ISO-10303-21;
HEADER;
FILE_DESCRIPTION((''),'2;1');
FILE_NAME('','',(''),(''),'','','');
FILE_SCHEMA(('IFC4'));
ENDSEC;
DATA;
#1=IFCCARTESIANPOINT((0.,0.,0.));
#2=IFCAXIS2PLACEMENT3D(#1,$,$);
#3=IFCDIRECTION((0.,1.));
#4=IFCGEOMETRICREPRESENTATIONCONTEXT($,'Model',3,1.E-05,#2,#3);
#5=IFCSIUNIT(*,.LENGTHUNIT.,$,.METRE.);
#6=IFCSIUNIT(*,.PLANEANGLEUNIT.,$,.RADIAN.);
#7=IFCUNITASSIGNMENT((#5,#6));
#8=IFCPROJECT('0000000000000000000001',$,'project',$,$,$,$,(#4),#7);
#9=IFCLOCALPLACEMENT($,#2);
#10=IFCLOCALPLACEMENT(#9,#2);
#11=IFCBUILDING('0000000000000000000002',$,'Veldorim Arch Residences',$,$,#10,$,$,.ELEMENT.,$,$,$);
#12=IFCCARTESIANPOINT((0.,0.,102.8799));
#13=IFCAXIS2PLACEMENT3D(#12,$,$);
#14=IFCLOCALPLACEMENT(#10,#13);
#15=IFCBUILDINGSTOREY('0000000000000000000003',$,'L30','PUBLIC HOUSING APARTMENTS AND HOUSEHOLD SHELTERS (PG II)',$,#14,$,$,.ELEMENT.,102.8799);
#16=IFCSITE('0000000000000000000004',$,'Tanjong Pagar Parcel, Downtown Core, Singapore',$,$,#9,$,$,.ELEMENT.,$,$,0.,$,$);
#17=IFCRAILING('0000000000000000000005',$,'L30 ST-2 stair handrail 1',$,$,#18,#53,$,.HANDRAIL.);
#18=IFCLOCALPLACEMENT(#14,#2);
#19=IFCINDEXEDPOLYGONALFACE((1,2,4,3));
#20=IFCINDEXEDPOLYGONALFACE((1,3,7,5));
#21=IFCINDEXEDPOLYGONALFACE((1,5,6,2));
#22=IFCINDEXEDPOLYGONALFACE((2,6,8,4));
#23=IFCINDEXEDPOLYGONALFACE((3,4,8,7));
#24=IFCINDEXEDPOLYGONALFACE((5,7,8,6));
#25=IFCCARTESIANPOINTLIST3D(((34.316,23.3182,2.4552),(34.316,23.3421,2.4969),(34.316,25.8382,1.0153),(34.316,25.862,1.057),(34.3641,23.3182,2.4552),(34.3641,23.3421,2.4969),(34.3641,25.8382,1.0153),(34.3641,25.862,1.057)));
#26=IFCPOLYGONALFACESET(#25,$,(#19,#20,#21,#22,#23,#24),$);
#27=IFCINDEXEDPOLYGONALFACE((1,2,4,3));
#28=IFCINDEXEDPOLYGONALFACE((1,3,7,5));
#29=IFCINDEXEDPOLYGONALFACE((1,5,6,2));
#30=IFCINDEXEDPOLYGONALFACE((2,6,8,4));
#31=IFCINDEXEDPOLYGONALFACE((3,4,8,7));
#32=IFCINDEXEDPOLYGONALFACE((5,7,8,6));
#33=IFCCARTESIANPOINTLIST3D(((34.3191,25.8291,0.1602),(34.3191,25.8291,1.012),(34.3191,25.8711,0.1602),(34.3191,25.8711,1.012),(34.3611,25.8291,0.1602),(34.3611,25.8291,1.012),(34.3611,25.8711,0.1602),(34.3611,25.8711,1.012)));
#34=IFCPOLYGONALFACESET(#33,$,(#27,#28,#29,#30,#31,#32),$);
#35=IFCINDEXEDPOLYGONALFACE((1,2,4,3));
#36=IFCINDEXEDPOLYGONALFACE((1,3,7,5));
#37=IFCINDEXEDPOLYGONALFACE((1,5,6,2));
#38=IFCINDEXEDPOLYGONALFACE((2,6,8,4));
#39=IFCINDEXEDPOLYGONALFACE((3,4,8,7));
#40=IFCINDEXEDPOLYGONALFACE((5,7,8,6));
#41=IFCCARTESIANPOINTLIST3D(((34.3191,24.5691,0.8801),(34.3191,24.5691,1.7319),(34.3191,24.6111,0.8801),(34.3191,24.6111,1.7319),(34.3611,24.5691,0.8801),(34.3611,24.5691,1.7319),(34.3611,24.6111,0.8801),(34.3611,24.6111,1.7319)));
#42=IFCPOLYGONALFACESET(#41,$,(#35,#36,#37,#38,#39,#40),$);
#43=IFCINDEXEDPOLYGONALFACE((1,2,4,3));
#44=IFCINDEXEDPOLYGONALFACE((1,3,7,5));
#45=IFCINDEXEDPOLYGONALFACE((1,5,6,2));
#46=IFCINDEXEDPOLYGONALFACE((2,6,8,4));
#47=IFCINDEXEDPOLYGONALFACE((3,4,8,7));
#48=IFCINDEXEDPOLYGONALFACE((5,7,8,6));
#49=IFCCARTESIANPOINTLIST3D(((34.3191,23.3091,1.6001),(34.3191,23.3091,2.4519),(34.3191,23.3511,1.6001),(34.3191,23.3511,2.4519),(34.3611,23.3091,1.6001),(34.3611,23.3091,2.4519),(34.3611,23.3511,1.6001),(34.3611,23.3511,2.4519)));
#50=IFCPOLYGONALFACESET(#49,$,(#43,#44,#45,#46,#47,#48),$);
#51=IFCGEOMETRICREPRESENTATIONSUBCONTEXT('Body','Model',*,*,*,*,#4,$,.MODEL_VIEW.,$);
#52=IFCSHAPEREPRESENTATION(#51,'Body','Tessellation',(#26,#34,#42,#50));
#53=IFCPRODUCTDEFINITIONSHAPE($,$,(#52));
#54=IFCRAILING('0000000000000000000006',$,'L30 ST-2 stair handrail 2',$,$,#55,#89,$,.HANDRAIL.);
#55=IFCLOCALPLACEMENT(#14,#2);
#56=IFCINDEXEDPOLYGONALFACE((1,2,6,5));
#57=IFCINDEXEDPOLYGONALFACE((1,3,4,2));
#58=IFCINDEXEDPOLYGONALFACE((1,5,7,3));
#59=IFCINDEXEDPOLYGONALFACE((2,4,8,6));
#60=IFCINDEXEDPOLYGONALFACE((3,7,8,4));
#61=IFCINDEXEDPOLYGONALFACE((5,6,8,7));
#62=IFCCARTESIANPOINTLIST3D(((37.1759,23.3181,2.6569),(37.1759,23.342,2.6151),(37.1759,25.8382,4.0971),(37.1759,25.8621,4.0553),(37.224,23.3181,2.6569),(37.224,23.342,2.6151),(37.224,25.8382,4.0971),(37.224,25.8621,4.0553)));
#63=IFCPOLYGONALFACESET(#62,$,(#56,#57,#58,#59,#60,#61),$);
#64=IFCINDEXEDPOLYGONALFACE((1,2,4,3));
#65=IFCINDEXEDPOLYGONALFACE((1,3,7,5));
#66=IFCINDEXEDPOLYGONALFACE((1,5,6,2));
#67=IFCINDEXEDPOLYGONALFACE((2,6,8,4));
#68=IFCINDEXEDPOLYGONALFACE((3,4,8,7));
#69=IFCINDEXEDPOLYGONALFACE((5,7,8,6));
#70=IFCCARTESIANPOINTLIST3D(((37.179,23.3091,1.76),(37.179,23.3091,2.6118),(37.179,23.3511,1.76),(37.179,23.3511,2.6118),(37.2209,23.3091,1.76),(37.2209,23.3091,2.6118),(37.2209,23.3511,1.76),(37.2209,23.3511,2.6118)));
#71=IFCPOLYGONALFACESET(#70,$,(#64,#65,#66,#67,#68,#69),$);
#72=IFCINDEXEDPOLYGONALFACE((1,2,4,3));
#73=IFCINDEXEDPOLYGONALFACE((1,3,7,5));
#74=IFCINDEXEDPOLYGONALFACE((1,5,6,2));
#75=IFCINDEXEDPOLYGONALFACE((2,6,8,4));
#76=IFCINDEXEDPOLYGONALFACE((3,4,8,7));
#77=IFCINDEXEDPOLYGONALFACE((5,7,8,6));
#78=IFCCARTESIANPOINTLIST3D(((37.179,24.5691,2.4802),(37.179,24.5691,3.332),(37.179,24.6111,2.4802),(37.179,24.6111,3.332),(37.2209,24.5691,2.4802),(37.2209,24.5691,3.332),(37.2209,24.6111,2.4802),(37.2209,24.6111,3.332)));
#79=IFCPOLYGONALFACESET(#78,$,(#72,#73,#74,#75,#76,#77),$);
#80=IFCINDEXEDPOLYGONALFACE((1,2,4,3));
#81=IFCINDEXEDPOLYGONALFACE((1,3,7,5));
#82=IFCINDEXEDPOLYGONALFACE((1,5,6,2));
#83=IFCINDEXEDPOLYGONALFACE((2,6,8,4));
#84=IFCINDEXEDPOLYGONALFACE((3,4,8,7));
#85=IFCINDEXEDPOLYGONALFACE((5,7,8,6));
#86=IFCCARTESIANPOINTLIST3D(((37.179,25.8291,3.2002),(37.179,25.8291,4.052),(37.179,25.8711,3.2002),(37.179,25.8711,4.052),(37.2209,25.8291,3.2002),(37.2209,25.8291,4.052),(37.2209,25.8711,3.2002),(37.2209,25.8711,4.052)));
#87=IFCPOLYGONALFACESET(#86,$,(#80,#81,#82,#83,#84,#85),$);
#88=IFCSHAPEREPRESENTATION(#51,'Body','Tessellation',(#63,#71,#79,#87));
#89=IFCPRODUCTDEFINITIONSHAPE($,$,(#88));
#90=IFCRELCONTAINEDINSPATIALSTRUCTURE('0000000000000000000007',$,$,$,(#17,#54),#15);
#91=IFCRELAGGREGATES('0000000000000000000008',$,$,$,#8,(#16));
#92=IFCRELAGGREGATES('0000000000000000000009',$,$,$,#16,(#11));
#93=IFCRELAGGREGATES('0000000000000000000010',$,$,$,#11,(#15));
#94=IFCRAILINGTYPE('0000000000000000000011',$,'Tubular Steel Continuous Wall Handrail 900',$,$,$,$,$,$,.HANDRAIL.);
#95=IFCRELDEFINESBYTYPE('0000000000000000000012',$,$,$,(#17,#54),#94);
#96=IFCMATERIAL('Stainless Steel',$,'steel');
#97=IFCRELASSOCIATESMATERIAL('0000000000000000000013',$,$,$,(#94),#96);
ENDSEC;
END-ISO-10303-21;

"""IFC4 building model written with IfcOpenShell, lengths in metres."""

from ifc_helpers import new_model, si_unit, direction, frame, origin, origin_2d, place, context, subcontext, project, spatial, rectangle, extrude, material, type_object, element, save


model = new_model("IFC4")

# Units and contexts
model_context = context("Model", 3, precision=1e-05, world=origin(), true_north=direction((0.0, 1.0)))
body_context = subcontext(model_context, "Body", "Model", "MODEL_VIEW")
ifc_project = project(units=[si_unit("LENGTHUNIT", "METRE"), si_unit("PLANEANGLEUNIT", "RADIAN")], contexts=[model_context])

# Site, building, storey
site_placement = place(None, origin())
site = spatial("IfcSite", under=ifc_project, at=site_placement, Name="Tanjong Pagar Parcel, Downtown Core, Singapore", CompositionType="ELEMENT", RefElevation=0.0)
building_placement = place(site_placement, origin())
building = spatial("IfcBuilding", under=site, at=building_placement, Name="Veldorim Arch Residences", CompositionType="ELEMENT")
storey_placement = place(building_placement, frame((0.0, 0.0, 102.8799)))
storey = spatial("IfcBuildingStorey", under=building, at=storey_placement, Name="L30", Description="PUBLIC HOUSING APARTMENTS AND HOUSEHOLD SHELTERS (PG II)", CompositionType="ELEMENT", Elevation=102.8799)

# Railings
ifc_material_1 = material(Name="Stainless Steel", Category="steel")
railing_type_1 = type_object("IfcRailingType", Name="Tubular Steel Continuous Wall Handrail 900", PredefinedType="HANDRAIL", material=ifc_material_1)
railing_1_placement = place(storey_placement, frame((34.3401, 25.8501, 0.1602)))
element("IfcRailing", 1, at=railing_1_placement, inside=storey, type_object=railing_type_1, Name="L30 ST-2 stair handrail 1", PredefinedType="HANDRAIL", context=body_context, shape_type="SweptSolid", body=[
    extrude(rectangle(XDim=0.0481, YDim=0.0481, at=origin_2d()), frame((0.0, 0.0, 0.876), z_axis=(0.0, -0.868253, 0.496121), x_axis=(1.0, 0.0, 0.0)), (0.0, 0.0, 1.0), 2.9023),
    extrude(rectangle(XDim=0.042, YDim=0.042, at=origin_2d()), origin(), (0.0, 0.0, 1.0), 0.8518),
    extrude(rectangle(XDim=0.042, YDim=0.042, at=origin_2d()), frame((0.0, -1.26, 0.72)), (0.0, 0.0, 1.0), 0.8518),
    extrude(rectangle(XDim=0.042, YDim=0.042, at=origin_2d()), frame((0.0, -2.52, 1.4399)), (0.0, 0.0, 1.0), 0.8518),
])
railing_2_placement = place(storey_placement, frame((37.2, 23.3301, 1.76)))
element("IfcRailing", 2, at=railing_2_placement, inside=storey, type_object=railing_type_1, Name="L30 ST-2 stair handrail 2", PredefinedType="HANDRAIL", context=body_context, shape_type="SweptSolid", body=[
    extrude(rectangle(XDim=0.0481, YDim=0.0481, at=origin_2d()), frame((0.0, 0.0, 0.876), z_axis=(0.0, 0.868217, 0.496184), x_axis=(-1.0, 0.0, 0.0)), (0.0, 0.0, 1.0), 2.9026),
    extrude(rectangle(XDim=0.042, YDim=0.042, at=origin_2d()), origin(), (0.0, 0.0, 1.0), 0.8518),
    extrude(rectangle(XDim=0.042, YDim=0.042, at=origin_2d()), frame((0.0, 1.26, 0.7202)), (0.0, 0.0, 1.0), 0.8518),
    extrude(rectangle(XDim=0.042, YDim=0.042, at=origin_2d()), frame((0.0, 2.52, 1.4402)), (0.0, 0.0, 1.0), 0.8518),
])

save(model, "model.ifc")
